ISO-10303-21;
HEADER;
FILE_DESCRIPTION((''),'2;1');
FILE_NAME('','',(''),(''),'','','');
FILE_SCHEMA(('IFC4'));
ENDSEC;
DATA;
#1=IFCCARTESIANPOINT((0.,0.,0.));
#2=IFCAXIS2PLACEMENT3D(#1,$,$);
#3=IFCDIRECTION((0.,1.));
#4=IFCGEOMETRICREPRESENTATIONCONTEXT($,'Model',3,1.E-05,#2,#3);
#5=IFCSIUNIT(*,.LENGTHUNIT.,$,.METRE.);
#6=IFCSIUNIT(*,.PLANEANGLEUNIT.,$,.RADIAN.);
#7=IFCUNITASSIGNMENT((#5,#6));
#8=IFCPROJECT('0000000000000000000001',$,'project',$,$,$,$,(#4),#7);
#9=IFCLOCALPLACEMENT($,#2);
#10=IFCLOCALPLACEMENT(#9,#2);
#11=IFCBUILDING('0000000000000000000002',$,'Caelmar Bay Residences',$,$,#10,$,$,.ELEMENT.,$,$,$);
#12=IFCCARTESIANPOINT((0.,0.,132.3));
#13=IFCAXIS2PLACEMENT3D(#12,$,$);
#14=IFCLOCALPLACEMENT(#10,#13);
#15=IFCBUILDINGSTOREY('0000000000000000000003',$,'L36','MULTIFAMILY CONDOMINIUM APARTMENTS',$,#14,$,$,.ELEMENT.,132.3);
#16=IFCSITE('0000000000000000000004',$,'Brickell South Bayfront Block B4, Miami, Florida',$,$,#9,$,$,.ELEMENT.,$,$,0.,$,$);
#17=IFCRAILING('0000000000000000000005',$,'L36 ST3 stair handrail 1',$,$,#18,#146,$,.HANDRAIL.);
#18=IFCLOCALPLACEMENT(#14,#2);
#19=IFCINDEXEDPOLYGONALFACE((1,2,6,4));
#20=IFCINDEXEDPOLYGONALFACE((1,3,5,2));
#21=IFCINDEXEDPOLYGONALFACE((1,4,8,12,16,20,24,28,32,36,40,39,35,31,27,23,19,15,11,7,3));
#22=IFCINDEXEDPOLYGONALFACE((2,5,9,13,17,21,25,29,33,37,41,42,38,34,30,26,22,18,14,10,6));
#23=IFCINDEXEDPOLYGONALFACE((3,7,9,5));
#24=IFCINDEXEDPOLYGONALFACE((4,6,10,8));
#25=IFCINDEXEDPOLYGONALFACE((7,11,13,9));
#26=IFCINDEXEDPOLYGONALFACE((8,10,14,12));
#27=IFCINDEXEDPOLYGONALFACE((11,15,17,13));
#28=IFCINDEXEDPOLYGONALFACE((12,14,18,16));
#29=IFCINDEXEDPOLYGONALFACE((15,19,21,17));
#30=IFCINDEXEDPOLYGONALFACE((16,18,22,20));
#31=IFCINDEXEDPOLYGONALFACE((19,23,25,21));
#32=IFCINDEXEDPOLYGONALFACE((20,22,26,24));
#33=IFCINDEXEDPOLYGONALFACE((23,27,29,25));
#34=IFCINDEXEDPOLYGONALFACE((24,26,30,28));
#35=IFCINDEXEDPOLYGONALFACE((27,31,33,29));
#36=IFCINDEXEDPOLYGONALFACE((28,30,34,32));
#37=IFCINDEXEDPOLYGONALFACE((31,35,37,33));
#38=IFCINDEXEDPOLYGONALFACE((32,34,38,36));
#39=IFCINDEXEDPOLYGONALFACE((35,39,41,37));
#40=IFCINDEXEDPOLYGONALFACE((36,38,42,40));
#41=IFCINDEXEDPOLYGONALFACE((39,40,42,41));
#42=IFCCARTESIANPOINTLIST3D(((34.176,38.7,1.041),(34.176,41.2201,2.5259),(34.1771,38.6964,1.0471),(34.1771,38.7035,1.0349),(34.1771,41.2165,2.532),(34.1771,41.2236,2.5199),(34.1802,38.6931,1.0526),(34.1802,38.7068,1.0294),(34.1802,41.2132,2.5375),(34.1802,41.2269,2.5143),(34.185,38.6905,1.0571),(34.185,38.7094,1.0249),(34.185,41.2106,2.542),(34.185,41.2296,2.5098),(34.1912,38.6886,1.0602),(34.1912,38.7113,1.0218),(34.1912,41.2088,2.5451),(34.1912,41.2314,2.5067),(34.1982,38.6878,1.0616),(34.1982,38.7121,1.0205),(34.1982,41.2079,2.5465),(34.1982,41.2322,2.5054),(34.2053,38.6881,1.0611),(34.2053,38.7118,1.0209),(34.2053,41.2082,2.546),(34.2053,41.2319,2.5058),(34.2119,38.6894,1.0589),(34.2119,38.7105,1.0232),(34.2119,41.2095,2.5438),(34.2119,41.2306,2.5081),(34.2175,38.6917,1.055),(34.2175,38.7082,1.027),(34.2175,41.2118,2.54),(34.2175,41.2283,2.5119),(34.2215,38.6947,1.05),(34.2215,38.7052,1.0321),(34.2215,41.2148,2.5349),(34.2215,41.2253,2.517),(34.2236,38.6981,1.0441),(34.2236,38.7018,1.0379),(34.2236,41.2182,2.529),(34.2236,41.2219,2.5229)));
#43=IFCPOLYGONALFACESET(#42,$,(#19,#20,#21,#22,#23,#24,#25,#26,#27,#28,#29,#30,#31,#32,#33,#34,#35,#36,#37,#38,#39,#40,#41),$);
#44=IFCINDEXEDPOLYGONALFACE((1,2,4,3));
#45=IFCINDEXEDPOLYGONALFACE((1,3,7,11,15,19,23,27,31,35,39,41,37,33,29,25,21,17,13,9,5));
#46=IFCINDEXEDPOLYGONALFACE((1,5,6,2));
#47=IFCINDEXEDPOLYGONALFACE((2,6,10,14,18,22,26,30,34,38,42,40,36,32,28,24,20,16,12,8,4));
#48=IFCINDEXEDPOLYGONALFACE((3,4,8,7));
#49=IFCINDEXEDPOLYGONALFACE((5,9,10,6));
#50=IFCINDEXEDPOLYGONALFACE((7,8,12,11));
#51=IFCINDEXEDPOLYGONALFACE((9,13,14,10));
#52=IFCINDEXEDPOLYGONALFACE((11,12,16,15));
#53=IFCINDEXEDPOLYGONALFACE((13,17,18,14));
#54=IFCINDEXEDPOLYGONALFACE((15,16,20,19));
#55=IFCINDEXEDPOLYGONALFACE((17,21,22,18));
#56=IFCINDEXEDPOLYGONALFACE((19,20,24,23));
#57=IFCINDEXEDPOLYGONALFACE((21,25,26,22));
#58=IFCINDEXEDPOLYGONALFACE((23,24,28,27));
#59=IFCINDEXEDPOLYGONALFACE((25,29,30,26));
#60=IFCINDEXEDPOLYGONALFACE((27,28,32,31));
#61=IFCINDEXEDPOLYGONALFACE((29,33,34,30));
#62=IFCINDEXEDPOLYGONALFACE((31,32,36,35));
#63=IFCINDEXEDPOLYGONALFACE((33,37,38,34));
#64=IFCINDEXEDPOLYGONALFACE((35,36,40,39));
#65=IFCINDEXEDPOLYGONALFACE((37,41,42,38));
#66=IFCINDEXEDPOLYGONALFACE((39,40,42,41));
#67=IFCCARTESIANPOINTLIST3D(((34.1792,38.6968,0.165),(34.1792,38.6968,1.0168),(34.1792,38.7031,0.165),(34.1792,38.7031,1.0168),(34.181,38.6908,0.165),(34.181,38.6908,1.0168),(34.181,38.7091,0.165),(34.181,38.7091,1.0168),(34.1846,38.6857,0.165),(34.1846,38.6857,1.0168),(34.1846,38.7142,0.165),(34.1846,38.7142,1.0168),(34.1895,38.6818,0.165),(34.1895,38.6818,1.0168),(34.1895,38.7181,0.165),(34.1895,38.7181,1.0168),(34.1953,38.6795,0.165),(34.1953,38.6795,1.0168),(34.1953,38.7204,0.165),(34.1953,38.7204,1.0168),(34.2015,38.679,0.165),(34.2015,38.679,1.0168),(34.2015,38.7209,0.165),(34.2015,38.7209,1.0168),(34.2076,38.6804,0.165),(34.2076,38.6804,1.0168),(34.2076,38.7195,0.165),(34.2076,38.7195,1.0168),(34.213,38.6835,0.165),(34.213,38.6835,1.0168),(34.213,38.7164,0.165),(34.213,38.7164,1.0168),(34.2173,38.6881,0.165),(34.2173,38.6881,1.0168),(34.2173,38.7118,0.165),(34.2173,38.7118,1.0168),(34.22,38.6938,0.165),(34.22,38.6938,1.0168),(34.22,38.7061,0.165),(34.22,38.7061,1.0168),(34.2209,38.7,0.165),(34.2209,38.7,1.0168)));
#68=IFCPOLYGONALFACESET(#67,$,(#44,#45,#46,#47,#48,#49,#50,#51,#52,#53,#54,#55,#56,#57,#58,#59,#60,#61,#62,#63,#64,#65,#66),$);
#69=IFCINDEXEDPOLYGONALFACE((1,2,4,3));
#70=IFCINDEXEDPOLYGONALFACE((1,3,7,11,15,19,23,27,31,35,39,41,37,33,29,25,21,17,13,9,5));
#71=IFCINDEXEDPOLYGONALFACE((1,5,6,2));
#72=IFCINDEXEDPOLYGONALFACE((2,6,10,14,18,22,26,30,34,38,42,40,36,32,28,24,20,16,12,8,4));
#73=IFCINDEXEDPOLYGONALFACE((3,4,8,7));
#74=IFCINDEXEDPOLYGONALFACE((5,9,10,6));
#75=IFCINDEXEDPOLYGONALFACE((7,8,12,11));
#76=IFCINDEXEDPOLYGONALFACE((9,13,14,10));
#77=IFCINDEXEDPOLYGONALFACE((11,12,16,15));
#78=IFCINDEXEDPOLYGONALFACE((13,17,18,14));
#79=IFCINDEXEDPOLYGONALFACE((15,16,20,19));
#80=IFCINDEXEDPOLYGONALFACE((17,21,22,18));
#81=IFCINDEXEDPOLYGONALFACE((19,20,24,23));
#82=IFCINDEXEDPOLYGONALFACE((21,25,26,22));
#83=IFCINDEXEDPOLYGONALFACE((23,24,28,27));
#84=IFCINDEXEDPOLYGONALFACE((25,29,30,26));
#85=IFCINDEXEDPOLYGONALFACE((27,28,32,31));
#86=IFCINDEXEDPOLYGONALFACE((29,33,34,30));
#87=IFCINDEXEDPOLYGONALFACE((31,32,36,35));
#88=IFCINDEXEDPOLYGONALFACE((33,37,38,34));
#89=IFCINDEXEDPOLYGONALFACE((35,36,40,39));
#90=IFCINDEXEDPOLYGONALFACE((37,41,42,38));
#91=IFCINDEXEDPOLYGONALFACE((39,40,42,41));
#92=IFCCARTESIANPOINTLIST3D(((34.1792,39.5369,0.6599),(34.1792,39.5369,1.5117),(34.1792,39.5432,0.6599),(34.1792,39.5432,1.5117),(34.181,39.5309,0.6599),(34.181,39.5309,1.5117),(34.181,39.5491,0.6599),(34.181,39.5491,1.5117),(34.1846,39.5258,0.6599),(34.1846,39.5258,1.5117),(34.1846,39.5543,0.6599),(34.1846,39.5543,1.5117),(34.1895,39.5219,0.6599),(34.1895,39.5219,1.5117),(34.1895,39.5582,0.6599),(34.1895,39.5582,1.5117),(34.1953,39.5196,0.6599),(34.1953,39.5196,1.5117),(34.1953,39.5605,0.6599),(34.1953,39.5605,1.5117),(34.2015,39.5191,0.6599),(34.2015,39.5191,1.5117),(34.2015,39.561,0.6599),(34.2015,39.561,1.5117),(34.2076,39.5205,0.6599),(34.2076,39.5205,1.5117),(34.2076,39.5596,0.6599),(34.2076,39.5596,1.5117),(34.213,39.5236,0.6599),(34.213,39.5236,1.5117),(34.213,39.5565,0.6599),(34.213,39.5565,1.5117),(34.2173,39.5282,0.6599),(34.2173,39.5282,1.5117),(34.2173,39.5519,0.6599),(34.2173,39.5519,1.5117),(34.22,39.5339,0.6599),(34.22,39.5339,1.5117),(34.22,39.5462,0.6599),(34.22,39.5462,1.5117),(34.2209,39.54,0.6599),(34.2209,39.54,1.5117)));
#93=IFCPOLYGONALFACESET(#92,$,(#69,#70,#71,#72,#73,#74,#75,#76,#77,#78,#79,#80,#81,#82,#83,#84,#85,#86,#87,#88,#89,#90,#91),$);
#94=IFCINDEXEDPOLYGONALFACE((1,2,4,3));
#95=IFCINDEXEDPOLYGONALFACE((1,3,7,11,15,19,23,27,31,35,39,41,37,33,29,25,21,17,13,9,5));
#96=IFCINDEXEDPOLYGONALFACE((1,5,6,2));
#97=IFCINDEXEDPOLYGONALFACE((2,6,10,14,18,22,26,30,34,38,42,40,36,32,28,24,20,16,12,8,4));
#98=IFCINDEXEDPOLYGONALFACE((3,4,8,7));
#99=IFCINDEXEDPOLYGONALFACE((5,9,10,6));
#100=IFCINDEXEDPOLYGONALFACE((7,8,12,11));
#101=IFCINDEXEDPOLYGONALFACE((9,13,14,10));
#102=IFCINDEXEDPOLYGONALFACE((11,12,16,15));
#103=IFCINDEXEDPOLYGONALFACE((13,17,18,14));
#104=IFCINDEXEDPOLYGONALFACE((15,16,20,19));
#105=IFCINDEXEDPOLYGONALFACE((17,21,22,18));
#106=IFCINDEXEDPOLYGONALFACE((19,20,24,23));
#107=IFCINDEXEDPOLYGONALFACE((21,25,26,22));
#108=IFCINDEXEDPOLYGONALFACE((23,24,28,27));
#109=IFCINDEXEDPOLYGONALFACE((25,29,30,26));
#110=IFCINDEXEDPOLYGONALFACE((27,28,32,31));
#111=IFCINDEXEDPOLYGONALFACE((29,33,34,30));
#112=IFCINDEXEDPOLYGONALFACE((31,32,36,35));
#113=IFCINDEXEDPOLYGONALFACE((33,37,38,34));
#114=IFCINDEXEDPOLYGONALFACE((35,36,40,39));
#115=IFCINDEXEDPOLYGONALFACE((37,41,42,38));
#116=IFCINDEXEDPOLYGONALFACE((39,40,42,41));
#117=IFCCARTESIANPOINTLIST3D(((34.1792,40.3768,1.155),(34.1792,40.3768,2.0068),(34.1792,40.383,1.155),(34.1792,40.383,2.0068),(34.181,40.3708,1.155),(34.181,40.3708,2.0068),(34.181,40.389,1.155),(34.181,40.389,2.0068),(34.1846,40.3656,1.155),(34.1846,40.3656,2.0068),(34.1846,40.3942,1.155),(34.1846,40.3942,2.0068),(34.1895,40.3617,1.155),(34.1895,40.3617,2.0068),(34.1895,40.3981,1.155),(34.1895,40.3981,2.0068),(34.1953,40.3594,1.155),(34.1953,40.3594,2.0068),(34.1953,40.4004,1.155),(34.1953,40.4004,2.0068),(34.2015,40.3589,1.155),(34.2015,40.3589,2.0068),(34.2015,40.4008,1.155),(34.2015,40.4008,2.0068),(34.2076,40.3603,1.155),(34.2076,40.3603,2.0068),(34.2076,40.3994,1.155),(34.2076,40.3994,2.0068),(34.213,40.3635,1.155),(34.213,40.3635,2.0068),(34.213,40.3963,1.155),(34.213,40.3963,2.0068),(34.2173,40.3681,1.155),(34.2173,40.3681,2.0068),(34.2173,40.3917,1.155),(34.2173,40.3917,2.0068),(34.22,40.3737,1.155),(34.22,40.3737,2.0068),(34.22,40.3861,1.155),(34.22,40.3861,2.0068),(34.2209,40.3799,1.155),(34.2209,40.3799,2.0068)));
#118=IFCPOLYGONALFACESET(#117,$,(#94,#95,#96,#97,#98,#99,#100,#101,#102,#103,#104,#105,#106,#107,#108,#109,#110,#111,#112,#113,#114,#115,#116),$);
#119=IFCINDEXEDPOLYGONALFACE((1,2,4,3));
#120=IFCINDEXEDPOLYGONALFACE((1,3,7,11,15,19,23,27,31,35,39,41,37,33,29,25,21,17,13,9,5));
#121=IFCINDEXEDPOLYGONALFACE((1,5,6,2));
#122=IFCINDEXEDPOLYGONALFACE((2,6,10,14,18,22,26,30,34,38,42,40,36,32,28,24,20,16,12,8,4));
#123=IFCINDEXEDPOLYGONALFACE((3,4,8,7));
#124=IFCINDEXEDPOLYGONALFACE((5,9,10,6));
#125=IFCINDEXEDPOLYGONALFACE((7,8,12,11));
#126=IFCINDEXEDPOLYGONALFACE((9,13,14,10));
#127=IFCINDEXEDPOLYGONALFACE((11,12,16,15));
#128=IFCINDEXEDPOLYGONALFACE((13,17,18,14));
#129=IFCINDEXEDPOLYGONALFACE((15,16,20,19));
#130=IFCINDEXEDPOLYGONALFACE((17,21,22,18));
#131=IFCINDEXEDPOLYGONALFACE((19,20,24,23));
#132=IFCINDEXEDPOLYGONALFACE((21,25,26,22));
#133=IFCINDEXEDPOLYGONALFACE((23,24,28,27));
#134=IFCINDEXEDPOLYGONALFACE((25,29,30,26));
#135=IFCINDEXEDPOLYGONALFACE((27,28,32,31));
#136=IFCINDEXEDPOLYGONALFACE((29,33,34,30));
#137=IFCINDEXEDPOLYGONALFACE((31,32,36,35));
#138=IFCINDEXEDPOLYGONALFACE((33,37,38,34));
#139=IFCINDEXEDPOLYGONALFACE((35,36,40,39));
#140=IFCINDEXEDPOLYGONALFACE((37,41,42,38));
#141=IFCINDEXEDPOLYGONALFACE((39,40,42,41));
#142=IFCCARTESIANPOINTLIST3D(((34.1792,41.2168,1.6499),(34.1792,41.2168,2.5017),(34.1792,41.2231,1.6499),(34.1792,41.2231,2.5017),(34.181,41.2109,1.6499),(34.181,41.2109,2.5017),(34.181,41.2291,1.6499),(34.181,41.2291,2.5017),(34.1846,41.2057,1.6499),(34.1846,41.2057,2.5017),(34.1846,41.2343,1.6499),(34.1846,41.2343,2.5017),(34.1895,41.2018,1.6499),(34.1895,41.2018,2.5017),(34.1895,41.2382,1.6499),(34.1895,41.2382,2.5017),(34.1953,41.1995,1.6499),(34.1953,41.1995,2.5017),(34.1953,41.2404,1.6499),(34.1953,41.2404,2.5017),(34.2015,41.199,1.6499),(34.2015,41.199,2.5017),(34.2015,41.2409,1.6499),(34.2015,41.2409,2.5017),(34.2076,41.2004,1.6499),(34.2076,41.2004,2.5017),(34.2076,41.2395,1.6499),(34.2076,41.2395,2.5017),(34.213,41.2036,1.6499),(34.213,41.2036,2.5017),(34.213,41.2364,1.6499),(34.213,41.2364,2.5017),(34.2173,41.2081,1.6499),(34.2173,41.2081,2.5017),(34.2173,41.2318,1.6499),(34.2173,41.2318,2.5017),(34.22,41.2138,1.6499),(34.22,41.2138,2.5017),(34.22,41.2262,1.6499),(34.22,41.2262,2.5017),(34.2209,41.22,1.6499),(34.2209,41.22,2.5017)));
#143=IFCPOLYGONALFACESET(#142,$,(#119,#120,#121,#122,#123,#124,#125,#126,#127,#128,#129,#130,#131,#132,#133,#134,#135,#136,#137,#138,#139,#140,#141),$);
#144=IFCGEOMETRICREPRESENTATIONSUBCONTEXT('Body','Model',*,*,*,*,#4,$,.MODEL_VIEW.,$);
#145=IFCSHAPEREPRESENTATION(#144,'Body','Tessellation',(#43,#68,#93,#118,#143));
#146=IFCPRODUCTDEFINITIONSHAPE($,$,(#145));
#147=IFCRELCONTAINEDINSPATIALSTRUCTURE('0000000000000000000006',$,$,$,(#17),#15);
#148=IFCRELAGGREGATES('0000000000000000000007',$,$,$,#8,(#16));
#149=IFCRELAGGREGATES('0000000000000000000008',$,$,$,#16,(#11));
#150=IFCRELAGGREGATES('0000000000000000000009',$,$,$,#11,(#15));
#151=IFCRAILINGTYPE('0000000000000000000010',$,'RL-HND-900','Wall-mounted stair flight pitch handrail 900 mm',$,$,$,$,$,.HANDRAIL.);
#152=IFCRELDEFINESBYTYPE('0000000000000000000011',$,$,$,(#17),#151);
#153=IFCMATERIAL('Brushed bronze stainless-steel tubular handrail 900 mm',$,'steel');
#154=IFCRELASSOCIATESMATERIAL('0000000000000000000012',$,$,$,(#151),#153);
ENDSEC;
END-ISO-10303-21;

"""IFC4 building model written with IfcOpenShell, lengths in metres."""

from ifc_helpers import new_model, si_unit, direction, frame, origin, origin_2d, place, context, subcontext, project, spatial, circle, extrude, material, type_object, element, save


model = new_model("IFC4")

# Units and contexts
model_context = context("Model", 3, precision=1e-05, world=origin(), true_north=direction((0.0, 1.0)))
body_context = subcontext(model_context, "Body", "Model", "MODEL_VIEW")
ifc_project = project(units=[si_unit("LENGTHUNIT", "METRE"), si_unit("PLANEANGLEUNIT", "RADIAN")], contexts=[model_context])

# Site, building, storey
site_placement = place(None, origin())
site = spatial("IfcSite", under=ifc_project, at=site_placement, Name="Brickell South Bayfront Block B4, Miami, Florida", CompositionType="ELEMENT", RefElevation=0.0)
building_placement = place(site_placement, origin())
building = spatial("IfcBuilding", under=site, at=building_placement, Name="Caelmar Bay Residences", CompositionType="ELEMENT")
storey_placement = place(building_placement, frame((0.0, 0.0, 132.3)))
storey = spatial("IfcBuildingStorey", under=building, at=storey_placement, Name="L36", Description="MULTIFAMILY CONDOMINIUM APARTMENTS", CompositionType="ELEMENT", Elevation=132.3)

# Railing
ifc_material_1 = material(Name="Brushed bronze stainless-steel tubular handrail 900 mm", Category="steel")
railing_type_1 = type_object("IfcRailingType", Name="RL-HND-900", Description="Wall-mounted stair flight pitch handrail 900 mm", PredefinedType="HANDRAIL", material=ifc_material_1)
railing_1_placement = place(storey_placement, frame((34.2, 38.7, 0.165)))
element("IfcRailing", 1, at=railing_1_placement, inside=storey, type_object=railing_type_1, Name="L36 ST3 stair handrail 1", PredefinedType="HANDRAIL", context=body_context, shape_type="SweptSolid", body=[
    extrude(circle(Radius=0.0239, at=origin_2d()), frame((0.0, 0.0, 0.876), z_axis=(0.0, 0.861561, 0.507655), x_axis=(-1.0, 0.0, 0.0)), (0.0, 0.0, 1.0), 2.925),
    extrude(circle(Radius=0.021, at=origin_2d()), origin(), (0.0, 0.0, 1.0), 0.8518),
    extrude(circle(Radius=0.021, at=origin_2d()), frame((0.0, 0.8401, 0.4949)), (0.0, 0.0, 1.0), 0.8518),
    extrude(circle(Radius=0.021, at=origin_2d()), frame((0.0, 1.6799, 0.99)), (0.0, 0.0, 1.0), 0.8518),
    extrude(circle(Radius=0.021, at=origin_2d()), frame((0.0, 2.52, 1.4849)), (0.0, 0.0, 1.0), 0.8518),
])

save(model, "model.ifc")
